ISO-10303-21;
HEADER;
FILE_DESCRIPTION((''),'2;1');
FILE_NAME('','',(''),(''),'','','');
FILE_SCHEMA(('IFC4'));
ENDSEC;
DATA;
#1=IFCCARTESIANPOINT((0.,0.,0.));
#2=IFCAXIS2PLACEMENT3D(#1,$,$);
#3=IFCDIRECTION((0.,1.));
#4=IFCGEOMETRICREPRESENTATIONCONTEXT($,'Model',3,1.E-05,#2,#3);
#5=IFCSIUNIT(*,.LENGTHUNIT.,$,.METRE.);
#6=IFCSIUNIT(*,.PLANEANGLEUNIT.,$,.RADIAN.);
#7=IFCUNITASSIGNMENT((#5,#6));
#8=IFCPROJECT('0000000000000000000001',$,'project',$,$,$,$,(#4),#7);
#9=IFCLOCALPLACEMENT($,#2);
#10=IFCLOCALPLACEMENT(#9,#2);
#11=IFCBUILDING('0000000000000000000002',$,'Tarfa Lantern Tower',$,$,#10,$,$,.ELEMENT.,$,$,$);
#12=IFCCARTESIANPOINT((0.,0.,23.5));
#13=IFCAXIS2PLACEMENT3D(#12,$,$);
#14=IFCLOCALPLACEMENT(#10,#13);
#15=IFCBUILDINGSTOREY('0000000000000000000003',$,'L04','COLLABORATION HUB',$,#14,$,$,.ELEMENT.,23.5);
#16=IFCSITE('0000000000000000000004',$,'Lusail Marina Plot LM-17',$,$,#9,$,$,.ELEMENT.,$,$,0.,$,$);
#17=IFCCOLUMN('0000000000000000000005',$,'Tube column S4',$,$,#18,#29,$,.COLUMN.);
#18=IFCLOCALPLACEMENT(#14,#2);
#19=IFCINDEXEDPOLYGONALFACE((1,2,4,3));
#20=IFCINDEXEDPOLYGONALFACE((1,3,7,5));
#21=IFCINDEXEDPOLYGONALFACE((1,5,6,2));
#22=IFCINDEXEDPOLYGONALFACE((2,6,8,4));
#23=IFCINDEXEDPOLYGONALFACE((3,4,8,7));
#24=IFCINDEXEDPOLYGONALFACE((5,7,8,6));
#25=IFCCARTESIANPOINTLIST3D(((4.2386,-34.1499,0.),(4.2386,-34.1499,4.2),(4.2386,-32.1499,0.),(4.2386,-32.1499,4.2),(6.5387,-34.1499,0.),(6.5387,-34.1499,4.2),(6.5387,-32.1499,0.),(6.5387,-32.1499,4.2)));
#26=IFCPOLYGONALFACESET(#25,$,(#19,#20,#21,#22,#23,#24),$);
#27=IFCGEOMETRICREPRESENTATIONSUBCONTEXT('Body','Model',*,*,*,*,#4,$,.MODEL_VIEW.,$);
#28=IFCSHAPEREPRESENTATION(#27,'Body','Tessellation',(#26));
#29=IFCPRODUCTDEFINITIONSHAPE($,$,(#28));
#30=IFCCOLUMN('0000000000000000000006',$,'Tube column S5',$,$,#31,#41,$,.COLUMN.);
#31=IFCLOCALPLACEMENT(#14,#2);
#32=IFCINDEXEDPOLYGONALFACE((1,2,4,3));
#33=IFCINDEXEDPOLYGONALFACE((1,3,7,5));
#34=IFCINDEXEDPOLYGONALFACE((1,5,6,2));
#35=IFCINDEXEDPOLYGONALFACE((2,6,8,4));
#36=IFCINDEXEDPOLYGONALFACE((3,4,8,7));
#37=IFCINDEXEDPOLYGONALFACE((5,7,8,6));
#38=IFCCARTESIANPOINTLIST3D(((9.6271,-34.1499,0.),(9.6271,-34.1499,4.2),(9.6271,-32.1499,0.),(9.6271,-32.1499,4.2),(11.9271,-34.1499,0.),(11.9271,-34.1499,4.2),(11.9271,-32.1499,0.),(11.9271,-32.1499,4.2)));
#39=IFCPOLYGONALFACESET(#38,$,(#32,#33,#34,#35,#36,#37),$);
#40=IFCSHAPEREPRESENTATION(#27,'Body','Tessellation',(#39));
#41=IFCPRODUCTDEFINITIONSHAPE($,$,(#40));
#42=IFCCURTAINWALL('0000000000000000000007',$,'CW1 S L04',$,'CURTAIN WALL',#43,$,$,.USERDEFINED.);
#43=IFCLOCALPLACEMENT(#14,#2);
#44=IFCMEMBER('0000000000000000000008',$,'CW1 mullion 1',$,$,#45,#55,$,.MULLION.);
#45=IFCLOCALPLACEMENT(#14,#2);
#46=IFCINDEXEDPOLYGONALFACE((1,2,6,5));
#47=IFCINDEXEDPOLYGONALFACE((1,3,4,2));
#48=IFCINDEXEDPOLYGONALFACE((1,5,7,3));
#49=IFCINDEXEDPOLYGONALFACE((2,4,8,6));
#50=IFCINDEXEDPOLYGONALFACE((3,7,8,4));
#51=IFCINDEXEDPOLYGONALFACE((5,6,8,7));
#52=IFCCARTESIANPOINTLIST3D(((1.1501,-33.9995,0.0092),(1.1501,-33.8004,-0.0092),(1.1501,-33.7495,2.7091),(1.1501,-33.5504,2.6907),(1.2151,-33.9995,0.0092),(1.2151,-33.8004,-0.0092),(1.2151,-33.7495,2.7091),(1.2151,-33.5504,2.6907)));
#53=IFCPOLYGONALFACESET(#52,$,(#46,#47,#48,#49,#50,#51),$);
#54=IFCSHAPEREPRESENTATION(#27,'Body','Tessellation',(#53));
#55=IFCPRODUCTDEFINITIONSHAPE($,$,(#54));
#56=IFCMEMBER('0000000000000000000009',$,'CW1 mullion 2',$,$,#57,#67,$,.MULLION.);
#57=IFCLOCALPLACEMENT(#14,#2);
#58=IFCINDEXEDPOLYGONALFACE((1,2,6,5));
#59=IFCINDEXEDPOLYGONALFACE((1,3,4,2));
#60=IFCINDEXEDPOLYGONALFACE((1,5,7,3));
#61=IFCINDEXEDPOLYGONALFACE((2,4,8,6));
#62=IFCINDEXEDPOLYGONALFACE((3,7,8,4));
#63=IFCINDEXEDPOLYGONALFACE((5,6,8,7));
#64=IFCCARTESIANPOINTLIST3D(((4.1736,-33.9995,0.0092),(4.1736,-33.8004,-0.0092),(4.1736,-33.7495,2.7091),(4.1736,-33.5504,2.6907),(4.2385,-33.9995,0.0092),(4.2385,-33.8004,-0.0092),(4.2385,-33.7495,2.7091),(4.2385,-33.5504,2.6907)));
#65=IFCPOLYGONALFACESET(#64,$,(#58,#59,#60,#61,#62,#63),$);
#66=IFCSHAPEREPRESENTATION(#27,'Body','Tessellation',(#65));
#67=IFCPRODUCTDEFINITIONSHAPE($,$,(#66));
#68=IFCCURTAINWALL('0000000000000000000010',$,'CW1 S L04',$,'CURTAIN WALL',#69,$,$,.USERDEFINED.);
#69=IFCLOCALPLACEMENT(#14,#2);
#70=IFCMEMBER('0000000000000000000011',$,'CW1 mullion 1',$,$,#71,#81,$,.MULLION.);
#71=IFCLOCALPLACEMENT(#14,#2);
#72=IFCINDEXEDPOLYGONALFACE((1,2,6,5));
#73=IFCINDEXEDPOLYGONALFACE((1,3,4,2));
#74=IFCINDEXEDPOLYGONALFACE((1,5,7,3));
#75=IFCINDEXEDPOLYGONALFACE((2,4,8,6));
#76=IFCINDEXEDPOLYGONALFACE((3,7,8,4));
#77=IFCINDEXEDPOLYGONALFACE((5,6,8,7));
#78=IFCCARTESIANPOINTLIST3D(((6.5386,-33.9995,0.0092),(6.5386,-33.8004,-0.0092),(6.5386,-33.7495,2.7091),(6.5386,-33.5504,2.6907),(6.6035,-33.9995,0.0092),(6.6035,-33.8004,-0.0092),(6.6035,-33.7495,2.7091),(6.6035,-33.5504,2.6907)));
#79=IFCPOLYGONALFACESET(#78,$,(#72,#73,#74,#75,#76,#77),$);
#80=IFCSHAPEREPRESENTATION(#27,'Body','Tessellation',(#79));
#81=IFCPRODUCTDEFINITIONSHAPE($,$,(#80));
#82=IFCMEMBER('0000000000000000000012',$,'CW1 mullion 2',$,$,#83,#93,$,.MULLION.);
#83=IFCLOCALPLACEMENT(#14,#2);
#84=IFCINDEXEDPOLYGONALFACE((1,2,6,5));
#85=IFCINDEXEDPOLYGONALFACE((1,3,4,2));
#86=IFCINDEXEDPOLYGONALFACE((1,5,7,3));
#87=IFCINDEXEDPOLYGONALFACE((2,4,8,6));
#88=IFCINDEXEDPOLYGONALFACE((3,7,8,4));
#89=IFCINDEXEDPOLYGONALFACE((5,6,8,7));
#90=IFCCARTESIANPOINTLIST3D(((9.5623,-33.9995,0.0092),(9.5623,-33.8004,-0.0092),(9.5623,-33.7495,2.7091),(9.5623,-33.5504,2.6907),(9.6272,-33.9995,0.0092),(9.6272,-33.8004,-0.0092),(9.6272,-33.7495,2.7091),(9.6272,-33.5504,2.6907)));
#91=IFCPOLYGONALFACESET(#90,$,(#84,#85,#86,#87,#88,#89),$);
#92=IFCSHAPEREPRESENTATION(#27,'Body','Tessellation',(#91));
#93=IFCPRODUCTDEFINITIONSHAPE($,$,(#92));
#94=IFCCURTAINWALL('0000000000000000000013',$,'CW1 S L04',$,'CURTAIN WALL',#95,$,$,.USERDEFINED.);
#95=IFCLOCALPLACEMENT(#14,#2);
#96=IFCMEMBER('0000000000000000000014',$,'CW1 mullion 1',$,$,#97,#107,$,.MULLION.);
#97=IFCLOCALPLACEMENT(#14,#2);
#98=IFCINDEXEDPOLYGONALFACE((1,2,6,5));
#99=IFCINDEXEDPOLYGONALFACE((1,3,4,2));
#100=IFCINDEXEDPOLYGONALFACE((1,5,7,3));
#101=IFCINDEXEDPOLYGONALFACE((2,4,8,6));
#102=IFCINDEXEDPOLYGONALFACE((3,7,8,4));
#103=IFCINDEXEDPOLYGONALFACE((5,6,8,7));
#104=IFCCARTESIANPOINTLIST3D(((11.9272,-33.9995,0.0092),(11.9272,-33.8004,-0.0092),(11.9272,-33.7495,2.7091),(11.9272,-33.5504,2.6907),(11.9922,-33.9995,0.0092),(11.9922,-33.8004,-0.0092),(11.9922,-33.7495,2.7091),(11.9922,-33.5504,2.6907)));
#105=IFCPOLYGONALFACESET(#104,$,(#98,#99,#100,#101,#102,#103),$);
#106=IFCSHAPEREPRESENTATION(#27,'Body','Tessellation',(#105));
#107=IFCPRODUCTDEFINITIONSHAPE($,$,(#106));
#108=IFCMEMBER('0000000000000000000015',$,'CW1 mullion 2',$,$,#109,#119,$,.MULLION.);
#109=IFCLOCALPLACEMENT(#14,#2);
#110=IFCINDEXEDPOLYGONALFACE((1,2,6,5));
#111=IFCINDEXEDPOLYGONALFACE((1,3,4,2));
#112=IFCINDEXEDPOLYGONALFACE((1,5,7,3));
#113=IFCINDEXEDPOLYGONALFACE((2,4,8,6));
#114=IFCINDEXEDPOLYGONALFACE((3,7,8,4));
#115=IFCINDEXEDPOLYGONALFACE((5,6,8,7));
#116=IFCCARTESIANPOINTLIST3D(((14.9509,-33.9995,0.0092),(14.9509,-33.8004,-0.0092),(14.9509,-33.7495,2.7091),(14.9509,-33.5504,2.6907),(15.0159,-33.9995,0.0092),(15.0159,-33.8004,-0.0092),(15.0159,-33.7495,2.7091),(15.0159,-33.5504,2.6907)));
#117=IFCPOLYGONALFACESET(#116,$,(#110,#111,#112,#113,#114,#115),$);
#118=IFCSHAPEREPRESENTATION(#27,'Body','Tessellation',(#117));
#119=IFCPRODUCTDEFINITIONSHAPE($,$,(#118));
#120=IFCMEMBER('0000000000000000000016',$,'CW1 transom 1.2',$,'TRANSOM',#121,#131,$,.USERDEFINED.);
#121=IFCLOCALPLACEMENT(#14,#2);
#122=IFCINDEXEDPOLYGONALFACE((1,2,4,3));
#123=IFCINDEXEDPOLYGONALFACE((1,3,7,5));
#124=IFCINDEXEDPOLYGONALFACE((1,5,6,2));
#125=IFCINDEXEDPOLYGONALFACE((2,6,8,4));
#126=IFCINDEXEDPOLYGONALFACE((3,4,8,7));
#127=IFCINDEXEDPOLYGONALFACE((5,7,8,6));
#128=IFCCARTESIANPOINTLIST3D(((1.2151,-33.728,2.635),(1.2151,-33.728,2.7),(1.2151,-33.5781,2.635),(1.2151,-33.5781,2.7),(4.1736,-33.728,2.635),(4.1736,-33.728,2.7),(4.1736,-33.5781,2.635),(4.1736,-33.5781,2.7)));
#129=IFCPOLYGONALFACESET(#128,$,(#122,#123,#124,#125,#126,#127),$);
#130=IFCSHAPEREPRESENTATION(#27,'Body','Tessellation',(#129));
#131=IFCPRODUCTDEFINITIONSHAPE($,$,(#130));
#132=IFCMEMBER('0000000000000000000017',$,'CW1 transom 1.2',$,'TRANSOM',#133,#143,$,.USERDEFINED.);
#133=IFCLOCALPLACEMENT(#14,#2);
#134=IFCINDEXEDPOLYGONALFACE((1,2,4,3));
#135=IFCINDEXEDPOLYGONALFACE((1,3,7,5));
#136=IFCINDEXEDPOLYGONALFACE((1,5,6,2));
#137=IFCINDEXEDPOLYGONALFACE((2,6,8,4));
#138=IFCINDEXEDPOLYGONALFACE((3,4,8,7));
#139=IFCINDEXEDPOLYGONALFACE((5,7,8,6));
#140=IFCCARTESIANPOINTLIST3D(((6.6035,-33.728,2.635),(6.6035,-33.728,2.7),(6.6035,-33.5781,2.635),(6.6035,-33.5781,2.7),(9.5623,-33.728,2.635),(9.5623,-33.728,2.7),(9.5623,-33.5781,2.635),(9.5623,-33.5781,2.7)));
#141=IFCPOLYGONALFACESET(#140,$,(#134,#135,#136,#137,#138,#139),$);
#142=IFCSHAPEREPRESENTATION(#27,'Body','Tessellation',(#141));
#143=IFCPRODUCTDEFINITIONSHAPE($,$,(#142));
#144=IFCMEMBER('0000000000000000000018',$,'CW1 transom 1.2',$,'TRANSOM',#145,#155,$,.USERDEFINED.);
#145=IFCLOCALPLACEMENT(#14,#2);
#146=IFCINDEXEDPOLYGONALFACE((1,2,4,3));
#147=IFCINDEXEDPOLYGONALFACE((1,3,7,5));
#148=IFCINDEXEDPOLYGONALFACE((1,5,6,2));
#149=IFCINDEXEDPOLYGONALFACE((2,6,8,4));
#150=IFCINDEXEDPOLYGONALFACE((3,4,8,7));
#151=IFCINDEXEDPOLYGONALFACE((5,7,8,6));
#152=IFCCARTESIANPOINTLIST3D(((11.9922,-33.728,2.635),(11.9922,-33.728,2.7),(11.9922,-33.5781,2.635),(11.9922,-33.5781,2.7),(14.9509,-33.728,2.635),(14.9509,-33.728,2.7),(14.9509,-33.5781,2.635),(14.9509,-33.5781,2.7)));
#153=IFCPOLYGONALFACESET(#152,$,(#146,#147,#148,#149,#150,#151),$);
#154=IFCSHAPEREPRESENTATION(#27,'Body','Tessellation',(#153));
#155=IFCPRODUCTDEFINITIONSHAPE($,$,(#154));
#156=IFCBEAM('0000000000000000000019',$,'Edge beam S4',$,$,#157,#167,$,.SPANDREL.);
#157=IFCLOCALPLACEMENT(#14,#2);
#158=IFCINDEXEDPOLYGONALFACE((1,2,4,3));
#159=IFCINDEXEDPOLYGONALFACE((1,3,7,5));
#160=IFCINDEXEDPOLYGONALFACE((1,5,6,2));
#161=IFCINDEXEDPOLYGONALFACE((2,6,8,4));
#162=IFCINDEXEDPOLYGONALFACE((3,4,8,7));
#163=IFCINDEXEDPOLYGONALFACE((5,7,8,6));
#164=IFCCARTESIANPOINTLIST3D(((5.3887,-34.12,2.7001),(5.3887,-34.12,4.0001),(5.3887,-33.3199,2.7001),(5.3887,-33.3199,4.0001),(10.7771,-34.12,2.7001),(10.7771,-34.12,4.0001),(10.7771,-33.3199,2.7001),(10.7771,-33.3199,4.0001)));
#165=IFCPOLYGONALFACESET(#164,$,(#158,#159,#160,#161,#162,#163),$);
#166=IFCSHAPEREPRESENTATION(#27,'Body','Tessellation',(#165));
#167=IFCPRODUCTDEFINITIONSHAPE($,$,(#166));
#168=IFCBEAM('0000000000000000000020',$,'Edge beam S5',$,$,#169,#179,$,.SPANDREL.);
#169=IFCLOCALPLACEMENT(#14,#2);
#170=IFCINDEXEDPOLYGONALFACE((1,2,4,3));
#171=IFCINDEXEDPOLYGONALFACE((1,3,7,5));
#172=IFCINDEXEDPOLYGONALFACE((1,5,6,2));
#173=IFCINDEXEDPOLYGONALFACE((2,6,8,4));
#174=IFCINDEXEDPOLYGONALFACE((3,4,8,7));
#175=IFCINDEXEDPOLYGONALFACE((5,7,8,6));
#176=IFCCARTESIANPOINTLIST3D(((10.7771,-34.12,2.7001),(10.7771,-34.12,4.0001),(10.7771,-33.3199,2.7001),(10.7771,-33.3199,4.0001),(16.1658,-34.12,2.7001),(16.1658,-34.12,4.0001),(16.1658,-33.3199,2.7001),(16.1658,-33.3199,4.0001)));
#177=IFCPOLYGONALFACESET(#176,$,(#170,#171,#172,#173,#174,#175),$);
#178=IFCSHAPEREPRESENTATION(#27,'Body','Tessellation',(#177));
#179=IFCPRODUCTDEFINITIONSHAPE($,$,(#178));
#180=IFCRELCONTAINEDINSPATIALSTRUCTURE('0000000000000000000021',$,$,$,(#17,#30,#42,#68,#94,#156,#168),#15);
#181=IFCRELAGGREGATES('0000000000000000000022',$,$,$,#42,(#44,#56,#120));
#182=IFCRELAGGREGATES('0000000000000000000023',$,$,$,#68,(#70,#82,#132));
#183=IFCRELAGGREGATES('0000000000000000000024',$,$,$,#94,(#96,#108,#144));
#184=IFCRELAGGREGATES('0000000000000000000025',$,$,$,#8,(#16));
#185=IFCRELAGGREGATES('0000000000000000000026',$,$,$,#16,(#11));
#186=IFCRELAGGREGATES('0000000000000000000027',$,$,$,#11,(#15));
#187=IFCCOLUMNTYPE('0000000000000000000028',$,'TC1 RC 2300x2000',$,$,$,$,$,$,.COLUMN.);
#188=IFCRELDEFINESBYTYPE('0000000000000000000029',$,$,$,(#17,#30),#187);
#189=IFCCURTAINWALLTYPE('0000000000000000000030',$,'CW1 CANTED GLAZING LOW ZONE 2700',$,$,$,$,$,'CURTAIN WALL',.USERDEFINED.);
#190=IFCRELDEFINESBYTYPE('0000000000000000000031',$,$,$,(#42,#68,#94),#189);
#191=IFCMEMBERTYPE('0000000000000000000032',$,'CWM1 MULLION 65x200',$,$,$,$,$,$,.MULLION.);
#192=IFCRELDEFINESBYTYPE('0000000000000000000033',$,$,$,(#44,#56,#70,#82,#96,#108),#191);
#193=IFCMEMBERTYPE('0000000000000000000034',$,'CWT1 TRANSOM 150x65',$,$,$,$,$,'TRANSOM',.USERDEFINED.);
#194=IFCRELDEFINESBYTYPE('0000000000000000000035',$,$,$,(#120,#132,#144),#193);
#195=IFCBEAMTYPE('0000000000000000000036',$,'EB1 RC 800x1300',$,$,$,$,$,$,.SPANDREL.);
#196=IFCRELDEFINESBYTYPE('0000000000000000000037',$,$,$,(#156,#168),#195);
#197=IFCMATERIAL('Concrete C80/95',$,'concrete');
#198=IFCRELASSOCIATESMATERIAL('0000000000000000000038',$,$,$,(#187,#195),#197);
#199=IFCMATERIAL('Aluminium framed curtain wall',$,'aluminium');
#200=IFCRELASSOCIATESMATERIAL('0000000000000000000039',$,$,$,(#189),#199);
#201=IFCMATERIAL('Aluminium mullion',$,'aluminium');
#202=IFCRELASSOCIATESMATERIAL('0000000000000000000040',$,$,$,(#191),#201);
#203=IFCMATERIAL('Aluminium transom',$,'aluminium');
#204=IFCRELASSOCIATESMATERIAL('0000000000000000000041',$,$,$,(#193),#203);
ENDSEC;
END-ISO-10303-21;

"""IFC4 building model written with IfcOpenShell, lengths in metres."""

from ifc_helpers import new_model, si_unit, direction, frame, origin, origin_2d, place, context, subcontext, project, spatial, rectangle, extrude, material, material_profile, profile_set, type_object, element, aggregate, save


model = new_model("IFC4")

# Units and contexts
model_context = context("Model", 3, precision=1e-05, world=origin(), true_north=direction((0.0, 1.0)))
body_context = subcontext(model_context, "Body", "Model", "MODEL_VIEW")
ifc_project = project(units=[si_unit("LENGTHUNIT", "METRE"), si_unit("PLANEANGLEUNIT", "RADIAN")], contexts=[model_context])

# Site, building, storey
site_placement = place(None, origin())
site = spatial("IfcSite", under=ifc_project, at=site_placement, Name="Lusail Marina Plot LM-17", CompositionType="ELEMENT", RefElevation=0.0)
building_placement = place(site_placement, origin())
building = spatial("IfcBuilding", under=site, at=building_placement, Name="Tarfa Lantern Tower", CompositionType="ELEMENT")
storey_placement = place(building_placement, frame((0.0, 0.0, 23.5)))
storey = spatial("IfcBuildingStorey", under=building, at=storey_placement, Name="L04", Description="COLLABORATION HUB", CompositionType="ELEMENT", Elevation=23.5)

# Columns
ifc_material_1 = material(Name="Concrete C80/95", Category="concrete")
ifc_material_profile_1 = material_profile(ifc_material_1, rectangle(XDim=2.3, YDim=2.0, at=origin_2d()), Name="RC 2300x2000")
ifc_profile_set_1 = profile_set([ifc_material_profile_1], Name="Concrete C80/95")
column_type = type_object("IfcColumnType", Name="TC1 RC 2300x2000", PredefinedType="COLUMN", material=ifc_profile_set_1)
for number, where, z_axis, x_axis, name in (
    (1, (5.3887, -33.1499, 0.0), (0.0, 0.0, 1.0), (1.0, 0.0, 0.0), "Tube column S4"),
    (2, (10.7771, -33.1499, 0.0), (0.0, 0.0, 1.0), (1.0, 0.0, 0.0), "Tube column S5"),
):
    element("IfcColumn", number, at=place(storey_placement, frame(where, z_axis=z_axis, x_axis=x_axis)), inside=storey, type_object=column_type, Name=name, PredefinedType="COLUMN", context=body_context, shape_type="SweptSolid", body=[
        extrude(rectangle(XDim=2.3, YDim=2.0, at=origin_2d()), origin(), (0.0, 0.0, 1.0), 4.2),
    ])

# Curtain walls, members
ifc_material_2 = material(Name="Aluminium framed curtain wall", Category="aluminium")
curtain_wall_type = type_object("IfcCurtainWallType", Name="CW1 CANTED GLAZING LOW ZONE 2700", ElementType="CURTAIN WALL", PredefinedType="USERDEFINED", material=ifc_material_2)
curtain_wall_1_placement = place(storey_placement, origin())
curtain_wall_1 = element("IfcCurtainWall", 3, at=curtain_wall_1_placement, inside=storey, type_object=curtain_wall_type, Name="CW1 S L04", ObjectType="CURTAIN WALL", PredefinedType="USERDEFINED")
ifc_material_3 = material(Name="Aluminium mullion", Category="aluminium")
ifc_material_profile_2 = material_profile(ifc_material_3, rectangle(XDim=0.0649, YDim=0.2, at=origin_2d()), Name="AL MULLION 65x200")
ifc_profile_set_2 = profile_set([ifc_material_profile_2], Name="Aluminium mullion")
member_type_1 = type_object("IfcMemberType", Name="CWM1 MULLION 65x200", PredefinedType="MULLION", material=ifc_profile_set_2)
member_1_placement = place(storey_placement, frame((1.1826, -33.8999, 0.0), z_axis=(0.0, 0.0922, 0.995741), x_axis=(-1.0, 0.0, 0.0)))
member_1 = element("IfcMember", 4, at=member_1_placement, type_object=member_type_1, Name="CW1 mullion 1", PredefinedType="MULLION", context=body_context, shape_type="SweptSolid", body=[
    extrude(rectangle(XDim=0.0649, YDim=0.2, at=origin_2d()), origin(), (0.0, 0.0, 1.0), 2.7114),
])
member_2_placement = place(storey_placement, frame((4.2061, -33.8999, 0.0), z_axis=(0.0, 0.0922, 0.995741), x_axis=(-1.0, 0.0, 0.0)))
member_2 = element("IfcMember", 5, at=member_2_placement, type_object=member_type_1, Name="CW1 mullion 2", PredefinedType="MULLION", context=body_context, shape_type="SweptSolid", body=[
    extrude(rectangle(XDim=0.0649, YDim=0.2, at=origin_2d()), origin(), (0.0, 0.0, 1.0), 2.7114),
])
curtain_wall_2_placement = place(storey_placement, origin())
curtain_wall_2 = element("IfcCurtainWall", 6, at=curtain_wall_2_placement, inside=storey, type_object=curtain_wall_type, Name="CW1 S L04", ObjectType="CURTAIN WALL", PredefinedType="USERDEFINED")
member_3_placement = place(storey_placement, frame((6.571, -33.8999, 0.0), z_axis=(0.0, 0.0922, 0.995741), x_axis=(-1.0, 0.0, 0.0)))
member_3 = element("IfcMember", 7, at=member_3_placement, type_object=member_type_1, Name="CW1 mullion 1", PredefinedType="MULLION", context=body_context, shape_type="SweptSolid", body=[
    extrude(rectangle(XDim=0.0649, YDim=0.2, at=origin_2d()), origin(), (0.0, 0.0, 1.0), 2.7114),
])
member_4_placement = place(storey_placement, frame((9.5947, -33.8999, 0.0), z_axis=(0.0, 0.0922, 0.995741), x_axis=(-1.0, 0.0, 0.0)))
member_4 = element("IfcMember", 8, at=member_4_placement, type_object=member_type_1, Name="CW1 mullion 2", PredefinedType="MULLION", context=body_context, shape_type="SweptSolid", body=[
    extrude(rectangle(XDim=0.0649, YDim=0.2, at=origin_2d()), origin(), (0.0, 0.0, 1.0), 2.7114),
])
curtain_wall_3_placement = place(storey_placement, origin())
curtain_wall_3 = element("IfcCurtainWall", 9, at=curtain_wall_3_placement, inside=storey, type_object=curtain_wall_type, Name="CW1 S L04", ObjectType="CURTAIN WALL", PredefinedType="USERDEFINED")
member_5_placement = place(storey_placement, frame((11.9597, -33.8999, 0.0), z_axis=(0.0, 0.0922, 0.995741), x_axis=(-1.0, 0.0, 0.0)))
member_5 = element("IfcMember", 10, at=member_5_placement, type_object=member_type_1, Name="CW1 mullion 1", PredefinedType="MULLION", context=body_context, shape_type="SweptSolid", body=[
    extrude(rectangle(XDim=0.0649, YDim=0.2, at=origin_2d()), origin(), (0.0, 0.0, 1.0), 2.7114),
])
member_6_placement = place(storey_placement, frame((14.9834, -33.8999, 0.0), z_axis=(0.0, 0.0922, 0.995741), x_axis=(-1.0, 0.0, 0.0)))
member_6 = element("IfcMember", 11, at=member_6_placement, type_object=member_type_1, Name="CW1 mullion 2", PredefinedType="MULLION", context=body_context, shape_type="SweptSolid", body=[
    extrude(rectangle(XDim=0.0649, YDim=0.2, at=origin_2d()), origin(), (0.0, 0.0, 1.0), 2.7114),
])

# Members
ifc_material_4 = material(Name="Aluminium transom", Category="aluminium")
ifc_material_profile_3 = material_profile(ifc_material_4, rectangle(XDim=0.1499, YDim=0.0649, at=origin_2d()), Name="AL TRANSOM 150x65")
ifc_profile_set_3 = profile_set([ifc_material_profile_3], Name="Aluminium transom")
member_type_2 = type_object("IfcMemberType", Name="CWT1 TRANSOM 150x65", ElementType="TRANSOM", PredefinedType="USERDEFINED", material=ifc_profile_set_3)
member_7_placement = place(storey_placement, frame((1.2151, -33.6531, 2.6675), z_axis=(1.0, 0.0, 0.0), x_axis=(0.0, 1.0, 0.0)))
member_7 = element("IfcMember", 12, at=member_7_placement, type_object=member_type_2, Name="CW1 transom 1.2", ObjectType="TRANSOM", PredefinedType="USERDEFINED", context=body_context, shape_type="SweptSolid", body=[
    extrude(rectangle(XDim=0.1499, YDim=0.0649, at=origin_2d()), origin(), (0.0, 0.0, 1.0), 2.9585),
])
member_8_placement = place(storey_placement, frame((6.6035, -33.6531, 2.6675), z_axis=(1.0, 0.0, 0.0), x_axis=(0.0, 1.0, 0.0)))
member_8 = element("IfcMember", 13, at=member_8_placement, type_object=member_type_2, Name="CW1 transom 1.2", ObjectType="TRANSOM", PredefinedType="USERDEFINED", context=body_context, shape_type="SweptSolid", body=[
    extrude(rectangle(XDim=0.1499, YDim=0.0649, at=origin_2d()), origin(), (0.0, 0.0, 1.0), 2.9587),
])
member_9_placement = place(storey_placement, frame((11.9922, -33.6531, 2.6675), z_axis=(1.0, 0.0, 0.0), x_axis=(0.0, 1.0, 0.0)))
member_9 = element("IfcMember", 14, at=member_9_placement, type_object=member_type_2, Name="CW1 transom 1.2", ObjectType="TRANSOM", PredefinedType="USERDEFINED", context=body_context, shape_type="SweptSolid", body=[
    extrude(rectangle(XDim=0.1499, YDim=0.0649, at=origin_2d()), origin(), (0.0, 0.0, 1.0), 2.9587),
])

# Beams
ifc_material_profile_4 = material_profile(ifc_material_1, rectangle(XDim=0.8, YDim=1.3, at=origin_2d()), Name="RC 800x1300")
ifc_profile_set_4 = profile_set([ifc_material_profile_4], Name="Concrete C80/95")
beam_type_1 = type_object("IfcBeamType", Name="EB1 RC 800x1300", PredefinedType="SPANDREL", material=ifc_profile_set_4)
beam_1_placement = place(storey_placement, frame((5.3887, -33.72, 3.3501), z_axis=(1.0, 0.0, 0.0), x_axis=(0.0, 1.0, 0.0)))
element("IfcBeam", 15, at=beam_1_placement, inside=storey, type_object=beam_type_1, Name="Edge beam S4", PredefinedType="SPANDREL", context=body_context, shape_type="SweptSolid", body=[
    extrude(rectangle(XDim=0.8, YDim=1.3, at=origin_2d()), origin(), (0.0, 0.0, 1.0), 5.3884),
])
beam_2_placement = place(storey_placement, frame((10.7771, -33.72, 3.3501), z_axis=(1.0, 0.0, 0.0), x_axis=(0.0, 1.0, 0.0)))
element("IfcBeam", 16, at=beam_2_placement, inside=storey, type_object=beam_type_1, Name="Edge beam S5", PredefinedType="SPANDREL", context=body_context, shape_type="SweptSolid", body=[
    extrude(rectangle(XDim=0.8, YDim=1.3, at=origin_2d()), origin(), (0.0, 0.0, 1.0), 5.3887),
])

aggregate(curtain_wall_1, [member_1, member_2, member_7])
aggregate(curtain_wall_2, [member_3, member_4, member_8])
aggregate(curtain_wall_3, [member_5, member_6, member_9])

save(model, "model.ifc")
